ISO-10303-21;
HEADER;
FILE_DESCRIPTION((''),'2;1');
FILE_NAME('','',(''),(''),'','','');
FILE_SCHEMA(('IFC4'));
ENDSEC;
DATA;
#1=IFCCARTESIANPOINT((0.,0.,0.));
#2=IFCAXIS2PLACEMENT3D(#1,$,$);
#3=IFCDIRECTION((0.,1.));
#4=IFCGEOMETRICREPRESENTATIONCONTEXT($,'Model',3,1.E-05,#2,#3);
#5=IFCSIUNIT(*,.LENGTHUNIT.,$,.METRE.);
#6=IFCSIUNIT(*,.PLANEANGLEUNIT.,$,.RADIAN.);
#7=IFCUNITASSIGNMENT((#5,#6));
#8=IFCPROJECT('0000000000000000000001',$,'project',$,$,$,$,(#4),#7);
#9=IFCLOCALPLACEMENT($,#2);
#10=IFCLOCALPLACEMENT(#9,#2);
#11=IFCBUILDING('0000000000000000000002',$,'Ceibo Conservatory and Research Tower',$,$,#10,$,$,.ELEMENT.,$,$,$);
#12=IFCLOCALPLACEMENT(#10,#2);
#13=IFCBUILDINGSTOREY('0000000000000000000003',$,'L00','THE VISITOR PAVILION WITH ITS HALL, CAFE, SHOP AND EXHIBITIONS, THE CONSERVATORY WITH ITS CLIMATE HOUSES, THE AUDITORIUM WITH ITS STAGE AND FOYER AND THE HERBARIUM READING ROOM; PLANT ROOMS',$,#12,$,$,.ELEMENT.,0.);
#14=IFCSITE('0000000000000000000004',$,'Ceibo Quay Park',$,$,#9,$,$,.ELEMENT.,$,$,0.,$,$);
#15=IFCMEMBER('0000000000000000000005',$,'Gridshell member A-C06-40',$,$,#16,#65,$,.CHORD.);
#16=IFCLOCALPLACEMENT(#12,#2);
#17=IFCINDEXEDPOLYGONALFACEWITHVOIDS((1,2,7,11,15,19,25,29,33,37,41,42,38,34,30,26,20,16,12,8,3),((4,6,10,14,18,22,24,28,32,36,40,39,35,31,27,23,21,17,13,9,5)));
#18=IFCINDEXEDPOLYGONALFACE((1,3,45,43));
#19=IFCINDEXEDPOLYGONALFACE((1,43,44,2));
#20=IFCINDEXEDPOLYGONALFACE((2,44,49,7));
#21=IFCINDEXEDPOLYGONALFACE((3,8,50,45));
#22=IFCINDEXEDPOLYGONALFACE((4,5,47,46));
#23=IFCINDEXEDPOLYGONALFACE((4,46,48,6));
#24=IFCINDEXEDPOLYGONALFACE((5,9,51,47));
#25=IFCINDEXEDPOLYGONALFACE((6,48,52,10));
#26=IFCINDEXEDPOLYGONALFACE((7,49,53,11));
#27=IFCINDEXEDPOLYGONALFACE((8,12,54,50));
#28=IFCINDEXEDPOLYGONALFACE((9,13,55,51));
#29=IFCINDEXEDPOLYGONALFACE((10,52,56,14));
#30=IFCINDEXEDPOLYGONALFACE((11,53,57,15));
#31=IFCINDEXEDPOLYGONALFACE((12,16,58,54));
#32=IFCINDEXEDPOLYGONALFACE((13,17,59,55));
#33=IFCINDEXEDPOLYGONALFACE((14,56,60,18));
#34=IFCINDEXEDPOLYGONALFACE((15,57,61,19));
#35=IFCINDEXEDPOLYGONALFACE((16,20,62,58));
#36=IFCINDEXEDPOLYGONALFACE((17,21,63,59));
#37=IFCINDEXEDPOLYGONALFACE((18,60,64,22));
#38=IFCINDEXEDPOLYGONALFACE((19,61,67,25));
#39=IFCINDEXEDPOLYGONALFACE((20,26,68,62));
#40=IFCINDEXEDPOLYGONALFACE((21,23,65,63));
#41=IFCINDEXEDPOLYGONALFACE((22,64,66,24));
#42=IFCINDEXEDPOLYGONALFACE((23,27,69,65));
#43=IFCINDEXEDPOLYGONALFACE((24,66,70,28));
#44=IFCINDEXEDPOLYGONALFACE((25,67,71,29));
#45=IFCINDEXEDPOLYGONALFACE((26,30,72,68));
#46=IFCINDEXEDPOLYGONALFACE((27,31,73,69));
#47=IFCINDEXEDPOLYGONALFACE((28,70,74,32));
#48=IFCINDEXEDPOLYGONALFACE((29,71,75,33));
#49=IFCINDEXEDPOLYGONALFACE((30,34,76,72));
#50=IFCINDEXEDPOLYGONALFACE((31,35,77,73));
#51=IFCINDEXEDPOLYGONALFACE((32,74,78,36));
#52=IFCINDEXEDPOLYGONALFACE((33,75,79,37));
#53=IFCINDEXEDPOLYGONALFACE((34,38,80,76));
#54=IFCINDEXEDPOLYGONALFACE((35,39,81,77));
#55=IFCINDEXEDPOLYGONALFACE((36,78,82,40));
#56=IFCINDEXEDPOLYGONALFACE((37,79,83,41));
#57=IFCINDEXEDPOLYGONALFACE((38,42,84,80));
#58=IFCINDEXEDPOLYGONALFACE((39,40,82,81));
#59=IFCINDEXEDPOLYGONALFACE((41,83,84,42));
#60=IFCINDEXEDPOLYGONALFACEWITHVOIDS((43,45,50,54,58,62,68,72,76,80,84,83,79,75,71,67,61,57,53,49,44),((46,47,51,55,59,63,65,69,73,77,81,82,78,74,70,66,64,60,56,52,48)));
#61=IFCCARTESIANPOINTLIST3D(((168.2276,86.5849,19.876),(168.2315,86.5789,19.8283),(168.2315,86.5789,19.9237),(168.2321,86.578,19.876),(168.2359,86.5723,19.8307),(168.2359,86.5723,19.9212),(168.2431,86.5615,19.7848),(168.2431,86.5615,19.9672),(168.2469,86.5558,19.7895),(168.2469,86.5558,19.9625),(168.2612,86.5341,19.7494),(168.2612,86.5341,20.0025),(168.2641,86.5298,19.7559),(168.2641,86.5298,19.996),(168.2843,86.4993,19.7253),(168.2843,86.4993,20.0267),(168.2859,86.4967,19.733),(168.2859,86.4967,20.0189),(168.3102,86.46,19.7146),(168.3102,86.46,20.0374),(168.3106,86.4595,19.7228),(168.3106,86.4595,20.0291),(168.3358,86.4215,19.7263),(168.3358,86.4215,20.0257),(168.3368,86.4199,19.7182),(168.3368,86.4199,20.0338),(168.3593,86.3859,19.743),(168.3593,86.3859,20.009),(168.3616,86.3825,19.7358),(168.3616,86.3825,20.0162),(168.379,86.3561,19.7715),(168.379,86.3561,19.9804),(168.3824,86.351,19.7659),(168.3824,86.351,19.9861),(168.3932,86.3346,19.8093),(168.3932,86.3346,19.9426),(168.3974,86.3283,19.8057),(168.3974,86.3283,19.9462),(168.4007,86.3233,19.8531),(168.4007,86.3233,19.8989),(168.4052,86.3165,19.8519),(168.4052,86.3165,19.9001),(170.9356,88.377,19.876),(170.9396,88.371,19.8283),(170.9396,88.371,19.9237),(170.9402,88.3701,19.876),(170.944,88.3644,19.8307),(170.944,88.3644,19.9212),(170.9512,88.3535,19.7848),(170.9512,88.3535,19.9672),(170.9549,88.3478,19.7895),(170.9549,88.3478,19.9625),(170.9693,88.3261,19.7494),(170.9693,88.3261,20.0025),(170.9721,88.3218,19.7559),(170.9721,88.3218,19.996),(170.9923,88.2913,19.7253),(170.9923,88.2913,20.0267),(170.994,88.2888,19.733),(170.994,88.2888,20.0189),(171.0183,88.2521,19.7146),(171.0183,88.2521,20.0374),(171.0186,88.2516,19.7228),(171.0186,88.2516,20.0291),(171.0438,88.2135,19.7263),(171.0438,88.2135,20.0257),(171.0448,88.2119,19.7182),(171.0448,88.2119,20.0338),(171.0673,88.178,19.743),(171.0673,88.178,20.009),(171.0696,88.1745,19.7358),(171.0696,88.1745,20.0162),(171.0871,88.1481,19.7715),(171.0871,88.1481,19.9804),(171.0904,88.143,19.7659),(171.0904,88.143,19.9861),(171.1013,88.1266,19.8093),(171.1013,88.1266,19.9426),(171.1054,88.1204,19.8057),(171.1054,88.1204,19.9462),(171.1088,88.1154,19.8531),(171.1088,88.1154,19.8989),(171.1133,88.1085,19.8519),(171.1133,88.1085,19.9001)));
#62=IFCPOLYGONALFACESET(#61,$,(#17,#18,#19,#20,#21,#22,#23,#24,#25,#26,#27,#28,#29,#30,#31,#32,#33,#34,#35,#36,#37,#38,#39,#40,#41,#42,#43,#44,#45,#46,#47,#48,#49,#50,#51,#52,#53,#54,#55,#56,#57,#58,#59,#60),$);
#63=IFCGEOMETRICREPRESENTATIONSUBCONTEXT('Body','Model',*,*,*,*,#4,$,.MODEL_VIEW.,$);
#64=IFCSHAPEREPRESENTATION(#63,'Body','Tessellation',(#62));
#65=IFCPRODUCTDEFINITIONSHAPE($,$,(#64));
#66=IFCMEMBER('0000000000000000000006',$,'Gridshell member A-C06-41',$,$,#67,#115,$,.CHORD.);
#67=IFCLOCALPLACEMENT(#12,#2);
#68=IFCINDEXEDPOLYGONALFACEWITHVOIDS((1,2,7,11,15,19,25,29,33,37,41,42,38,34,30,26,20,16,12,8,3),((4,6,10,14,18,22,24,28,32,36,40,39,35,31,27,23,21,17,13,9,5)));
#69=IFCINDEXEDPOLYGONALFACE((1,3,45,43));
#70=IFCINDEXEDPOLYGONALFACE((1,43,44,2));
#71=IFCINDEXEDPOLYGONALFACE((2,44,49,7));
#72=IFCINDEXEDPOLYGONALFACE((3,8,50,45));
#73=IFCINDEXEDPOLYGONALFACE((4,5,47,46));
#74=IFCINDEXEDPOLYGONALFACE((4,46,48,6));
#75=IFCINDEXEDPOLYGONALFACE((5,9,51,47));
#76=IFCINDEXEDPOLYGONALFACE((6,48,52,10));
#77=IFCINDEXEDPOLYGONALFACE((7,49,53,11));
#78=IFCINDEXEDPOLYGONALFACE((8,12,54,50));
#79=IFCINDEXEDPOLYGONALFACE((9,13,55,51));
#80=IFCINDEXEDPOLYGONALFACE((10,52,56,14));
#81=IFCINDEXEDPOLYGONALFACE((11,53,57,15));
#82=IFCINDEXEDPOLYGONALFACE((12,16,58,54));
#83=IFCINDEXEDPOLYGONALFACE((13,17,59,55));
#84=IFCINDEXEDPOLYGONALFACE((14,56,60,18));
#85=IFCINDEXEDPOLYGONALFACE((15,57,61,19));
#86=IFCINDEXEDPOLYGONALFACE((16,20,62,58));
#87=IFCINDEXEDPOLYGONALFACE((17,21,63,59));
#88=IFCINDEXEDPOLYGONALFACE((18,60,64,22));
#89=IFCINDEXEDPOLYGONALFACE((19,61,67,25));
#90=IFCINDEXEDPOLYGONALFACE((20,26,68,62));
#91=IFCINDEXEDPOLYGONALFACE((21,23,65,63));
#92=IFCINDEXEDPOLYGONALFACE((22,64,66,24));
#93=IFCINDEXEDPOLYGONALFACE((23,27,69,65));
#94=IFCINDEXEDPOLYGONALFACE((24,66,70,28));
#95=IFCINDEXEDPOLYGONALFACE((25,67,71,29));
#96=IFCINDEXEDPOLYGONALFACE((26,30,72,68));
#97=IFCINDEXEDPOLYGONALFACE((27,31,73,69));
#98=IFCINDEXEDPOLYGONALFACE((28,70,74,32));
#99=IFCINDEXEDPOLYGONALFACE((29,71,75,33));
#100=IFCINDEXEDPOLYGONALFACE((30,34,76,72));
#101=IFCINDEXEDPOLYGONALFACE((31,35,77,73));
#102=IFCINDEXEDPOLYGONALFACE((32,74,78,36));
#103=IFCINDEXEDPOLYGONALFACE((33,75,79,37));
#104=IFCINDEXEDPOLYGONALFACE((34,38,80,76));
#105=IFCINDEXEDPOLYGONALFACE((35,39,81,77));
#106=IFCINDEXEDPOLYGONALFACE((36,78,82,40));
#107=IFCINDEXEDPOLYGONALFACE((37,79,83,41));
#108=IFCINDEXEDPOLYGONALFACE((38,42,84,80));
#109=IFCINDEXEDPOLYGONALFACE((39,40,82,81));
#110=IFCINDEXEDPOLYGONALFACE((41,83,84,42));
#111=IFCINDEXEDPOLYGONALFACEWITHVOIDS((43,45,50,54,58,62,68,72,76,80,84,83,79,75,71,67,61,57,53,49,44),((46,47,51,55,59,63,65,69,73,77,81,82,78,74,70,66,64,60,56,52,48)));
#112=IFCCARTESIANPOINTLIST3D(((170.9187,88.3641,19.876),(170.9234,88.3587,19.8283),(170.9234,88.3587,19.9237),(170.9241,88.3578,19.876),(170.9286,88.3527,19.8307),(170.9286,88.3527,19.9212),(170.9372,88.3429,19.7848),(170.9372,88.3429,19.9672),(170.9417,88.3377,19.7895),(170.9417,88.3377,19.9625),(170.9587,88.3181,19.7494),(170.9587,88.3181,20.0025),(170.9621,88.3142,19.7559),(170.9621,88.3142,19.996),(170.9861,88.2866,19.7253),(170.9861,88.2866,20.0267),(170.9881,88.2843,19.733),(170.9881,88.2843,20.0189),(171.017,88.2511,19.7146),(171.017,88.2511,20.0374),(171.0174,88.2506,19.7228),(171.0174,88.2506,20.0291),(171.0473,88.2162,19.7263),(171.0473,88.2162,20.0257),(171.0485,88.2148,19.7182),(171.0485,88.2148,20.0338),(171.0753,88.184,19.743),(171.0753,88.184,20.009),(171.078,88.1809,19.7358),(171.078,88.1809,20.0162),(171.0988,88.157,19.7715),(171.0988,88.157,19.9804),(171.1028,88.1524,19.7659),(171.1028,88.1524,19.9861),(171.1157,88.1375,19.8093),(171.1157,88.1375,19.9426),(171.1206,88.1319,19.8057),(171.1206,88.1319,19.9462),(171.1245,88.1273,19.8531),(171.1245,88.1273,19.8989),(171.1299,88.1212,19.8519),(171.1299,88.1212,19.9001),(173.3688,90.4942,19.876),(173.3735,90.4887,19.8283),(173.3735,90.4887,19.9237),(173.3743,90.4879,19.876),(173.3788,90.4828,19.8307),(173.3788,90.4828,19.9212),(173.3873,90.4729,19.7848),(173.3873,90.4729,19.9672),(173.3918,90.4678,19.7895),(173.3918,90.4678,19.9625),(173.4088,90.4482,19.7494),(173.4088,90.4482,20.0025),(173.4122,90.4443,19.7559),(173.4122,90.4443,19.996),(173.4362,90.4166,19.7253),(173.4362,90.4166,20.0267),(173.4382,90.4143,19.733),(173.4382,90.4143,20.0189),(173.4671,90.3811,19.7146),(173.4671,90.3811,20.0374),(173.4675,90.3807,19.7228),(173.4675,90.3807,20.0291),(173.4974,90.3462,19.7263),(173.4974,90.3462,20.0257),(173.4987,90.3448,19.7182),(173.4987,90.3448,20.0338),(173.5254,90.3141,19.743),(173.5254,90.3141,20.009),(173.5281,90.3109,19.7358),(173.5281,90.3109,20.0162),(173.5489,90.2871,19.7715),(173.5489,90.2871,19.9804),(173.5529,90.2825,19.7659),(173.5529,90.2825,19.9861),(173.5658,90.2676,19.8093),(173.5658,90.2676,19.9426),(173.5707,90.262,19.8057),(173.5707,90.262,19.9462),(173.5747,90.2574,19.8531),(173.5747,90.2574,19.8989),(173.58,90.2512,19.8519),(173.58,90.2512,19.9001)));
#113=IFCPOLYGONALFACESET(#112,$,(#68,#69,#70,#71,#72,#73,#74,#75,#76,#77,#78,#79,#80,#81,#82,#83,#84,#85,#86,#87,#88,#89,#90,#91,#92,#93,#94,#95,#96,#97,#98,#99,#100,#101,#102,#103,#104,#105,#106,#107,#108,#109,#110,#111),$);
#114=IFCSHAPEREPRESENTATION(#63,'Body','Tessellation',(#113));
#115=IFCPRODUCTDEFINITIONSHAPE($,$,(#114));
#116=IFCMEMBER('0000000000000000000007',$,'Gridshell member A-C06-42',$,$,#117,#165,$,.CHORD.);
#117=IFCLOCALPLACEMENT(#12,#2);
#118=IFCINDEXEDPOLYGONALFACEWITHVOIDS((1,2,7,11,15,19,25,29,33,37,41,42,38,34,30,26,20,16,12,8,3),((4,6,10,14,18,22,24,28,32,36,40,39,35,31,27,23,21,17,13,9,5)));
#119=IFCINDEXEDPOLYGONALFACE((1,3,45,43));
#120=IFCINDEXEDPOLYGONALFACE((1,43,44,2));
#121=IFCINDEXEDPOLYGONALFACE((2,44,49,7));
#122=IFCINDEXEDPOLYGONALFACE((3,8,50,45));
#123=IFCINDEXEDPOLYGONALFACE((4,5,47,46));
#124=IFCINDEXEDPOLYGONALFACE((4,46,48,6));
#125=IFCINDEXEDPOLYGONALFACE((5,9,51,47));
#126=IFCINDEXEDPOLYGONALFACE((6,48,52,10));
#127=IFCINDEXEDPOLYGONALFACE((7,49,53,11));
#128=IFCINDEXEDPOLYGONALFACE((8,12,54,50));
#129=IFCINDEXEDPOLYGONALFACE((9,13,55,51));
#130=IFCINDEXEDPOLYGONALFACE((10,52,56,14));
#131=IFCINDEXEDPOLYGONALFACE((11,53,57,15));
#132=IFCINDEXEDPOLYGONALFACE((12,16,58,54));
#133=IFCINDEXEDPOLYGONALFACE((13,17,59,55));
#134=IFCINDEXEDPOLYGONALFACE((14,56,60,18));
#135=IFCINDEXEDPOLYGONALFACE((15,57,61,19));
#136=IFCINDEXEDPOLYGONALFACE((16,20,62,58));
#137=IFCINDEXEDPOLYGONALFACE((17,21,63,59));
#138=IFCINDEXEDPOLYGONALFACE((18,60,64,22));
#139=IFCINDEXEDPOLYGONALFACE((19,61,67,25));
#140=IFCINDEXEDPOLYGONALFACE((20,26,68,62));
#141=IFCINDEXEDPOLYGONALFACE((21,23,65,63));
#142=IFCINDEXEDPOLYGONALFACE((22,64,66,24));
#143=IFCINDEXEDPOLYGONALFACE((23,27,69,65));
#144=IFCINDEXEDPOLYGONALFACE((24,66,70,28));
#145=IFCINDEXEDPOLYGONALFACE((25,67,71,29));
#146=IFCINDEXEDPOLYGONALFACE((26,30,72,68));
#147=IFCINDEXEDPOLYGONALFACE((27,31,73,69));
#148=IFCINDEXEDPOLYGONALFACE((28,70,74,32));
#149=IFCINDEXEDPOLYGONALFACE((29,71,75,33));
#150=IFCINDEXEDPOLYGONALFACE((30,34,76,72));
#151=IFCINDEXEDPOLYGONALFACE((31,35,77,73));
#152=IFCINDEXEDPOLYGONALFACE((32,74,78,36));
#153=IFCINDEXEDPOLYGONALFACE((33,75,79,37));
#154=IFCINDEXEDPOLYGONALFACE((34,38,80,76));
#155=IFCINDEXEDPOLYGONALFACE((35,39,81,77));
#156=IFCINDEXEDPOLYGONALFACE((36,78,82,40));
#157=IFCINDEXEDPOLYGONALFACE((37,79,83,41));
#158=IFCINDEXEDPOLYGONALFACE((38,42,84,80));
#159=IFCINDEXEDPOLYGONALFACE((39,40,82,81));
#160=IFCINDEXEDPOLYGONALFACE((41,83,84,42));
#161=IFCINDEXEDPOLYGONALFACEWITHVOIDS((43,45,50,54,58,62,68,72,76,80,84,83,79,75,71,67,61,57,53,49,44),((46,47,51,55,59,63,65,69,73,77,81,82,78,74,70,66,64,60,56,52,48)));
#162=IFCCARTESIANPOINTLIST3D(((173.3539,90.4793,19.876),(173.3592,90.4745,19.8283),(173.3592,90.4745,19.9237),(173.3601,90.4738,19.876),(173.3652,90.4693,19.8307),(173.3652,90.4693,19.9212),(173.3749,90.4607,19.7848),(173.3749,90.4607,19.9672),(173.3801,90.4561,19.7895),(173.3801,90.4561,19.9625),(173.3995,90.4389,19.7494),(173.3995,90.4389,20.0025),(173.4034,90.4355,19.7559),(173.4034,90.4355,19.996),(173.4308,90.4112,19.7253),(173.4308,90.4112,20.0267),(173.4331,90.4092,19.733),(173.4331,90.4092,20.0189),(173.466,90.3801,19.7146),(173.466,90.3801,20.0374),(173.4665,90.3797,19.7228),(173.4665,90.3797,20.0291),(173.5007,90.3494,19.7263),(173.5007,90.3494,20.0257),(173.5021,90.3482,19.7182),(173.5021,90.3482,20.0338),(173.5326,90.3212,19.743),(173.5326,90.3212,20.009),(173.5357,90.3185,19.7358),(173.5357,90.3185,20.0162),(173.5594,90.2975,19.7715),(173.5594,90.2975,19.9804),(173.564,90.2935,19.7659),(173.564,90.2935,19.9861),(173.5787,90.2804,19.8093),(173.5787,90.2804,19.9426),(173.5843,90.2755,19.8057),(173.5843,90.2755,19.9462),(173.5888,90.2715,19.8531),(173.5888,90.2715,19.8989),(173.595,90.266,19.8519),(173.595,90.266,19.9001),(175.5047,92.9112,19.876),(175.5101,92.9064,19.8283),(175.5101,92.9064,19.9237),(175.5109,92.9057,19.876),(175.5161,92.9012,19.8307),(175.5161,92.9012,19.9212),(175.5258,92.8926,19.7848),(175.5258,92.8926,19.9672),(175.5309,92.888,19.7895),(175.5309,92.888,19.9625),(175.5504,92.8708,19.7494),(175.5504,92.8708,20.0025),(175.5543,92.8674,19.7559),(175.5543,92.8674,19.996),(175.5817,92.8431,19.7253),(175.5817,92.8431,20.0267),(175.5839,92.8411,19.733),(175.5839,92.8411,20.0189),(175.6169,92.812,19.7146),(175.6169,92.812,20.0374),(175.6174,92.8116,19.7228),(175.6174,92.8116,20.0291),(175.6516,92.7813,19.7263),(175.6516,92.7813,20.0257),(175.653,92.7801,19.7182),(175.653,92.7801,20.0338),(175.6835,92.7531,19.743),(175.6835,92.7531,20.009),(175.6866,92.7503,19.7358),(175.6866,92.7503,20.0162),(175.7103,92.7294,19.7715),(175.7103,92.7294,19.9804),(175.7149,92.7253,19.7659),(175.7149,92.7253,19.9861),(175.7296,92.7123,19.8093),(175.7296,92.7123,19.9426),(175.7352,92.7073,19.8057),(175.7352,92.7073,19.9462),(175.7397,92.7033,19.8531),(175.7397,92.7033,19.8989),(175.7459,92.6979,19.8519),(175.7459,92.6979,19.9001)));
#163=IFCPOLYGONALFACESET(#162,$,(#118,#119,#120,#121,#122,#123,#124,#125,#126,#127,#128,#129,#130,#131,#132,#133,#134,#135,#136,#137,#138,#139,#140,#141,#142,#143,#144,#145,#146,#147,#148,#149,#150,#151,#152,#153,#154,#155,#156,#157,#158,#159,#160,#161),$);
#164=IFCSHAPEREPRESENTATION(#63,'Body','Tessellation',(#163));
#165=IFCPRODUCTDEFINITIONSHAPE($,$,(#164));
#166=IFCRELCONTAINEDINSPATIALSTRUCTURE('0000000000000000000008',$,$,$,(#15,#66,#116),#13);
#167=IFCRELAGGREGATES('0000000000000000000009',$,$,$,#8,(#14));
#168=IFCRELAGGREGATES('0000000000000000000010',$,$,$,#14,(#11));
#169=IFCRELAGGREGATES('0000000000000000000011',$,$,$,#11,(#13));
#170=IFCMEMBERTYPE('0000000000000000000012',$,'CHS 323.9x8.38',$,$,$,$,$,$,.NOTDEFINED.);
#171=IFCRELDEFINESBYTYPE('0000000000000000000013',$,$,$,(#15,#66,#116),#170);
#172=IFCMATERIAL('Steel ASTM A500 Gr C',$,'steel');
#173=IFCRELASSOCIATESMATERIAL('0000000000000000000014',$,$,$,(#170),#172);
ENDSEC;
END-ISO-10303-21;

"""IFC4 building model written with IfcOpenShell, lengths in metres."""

from ifc_helpers import new_model, si_unit, direction, frame, origin, origin_2d, place, context, subcontext, project, spatial, hollow_circle, extrude, material, material_profile, profile_set, type_object, element, save


model = new_model("IFC4")

# Units and contexts
model_context = context("Model", 3, precision=1e-05, world=origin(), true_north=direction((0.0, 1.0)))
body_context = subcontext(model_context, "Body", "Model", "MODEL_VIEW")
ifc_project = project(units=[si_unit("LENGTHUNIT", "METRE"), si_unit("PLANEANGLEUNIT", "RADIAN")], contexts=[model_context])

# Site, building, storey
site_placement = place(None, origin())
site = spatial("IfcSite", under=ifc_project, at=site_placement, Name="Ceibo Quay Park", CompositionType="ELEMENT", RefElevation=0.0)
building_placement = place(site_placement, origin())
building = spatial("IfcBuilding", under=site, at=building_placement, Name="Ceibo Conservatory and Research Tower", CompositionType="ELEMENT")
storey_placement = place(building_placement, origin())
storey = spatial("IfcBuildingStorey", under=building, at=storey_placement, Name="L00", Description="THE VISITOR PAVILION WITH ITS HALL, CAFE, SHOP AND EXHIBITIONS, THE CONSERVATORY WITH ITS CLIMATE HOUSES, THE AUDITORIUM WITH ITS STAGE AND FOYER AND THE HERBARIUM READING ROOM; PLANT ROOMS", CompositionType="ELEMENT", Elevation=0.0)

# Members
ifc_material_1 = material(Name="Steel ASTM A500 Gr C", Category="steel")
ifc_material_profile_1 = material_profile(ifc_material_1, hollow_circle(Radius=0.1619, WallThickness=0.0083, at=origin_2d()), Name="CHS 323.9x8.38")
ifc_profile_set_1 = profile_set([ifc_material_profile_1], Name="Steel ASTM A500 Gr C")
member_type_1 = type_object("IfcMemberType", Name="CHS 323.9x8.38", PredefinedType="NOTDEFINED", material=ifc_profile_set_1)
member_1_placement = place(storey_placement, frame((168.3169, 86.45, 19.876), z_axis=(0.833942, 0.551852, 0.0), x_axis=(-0.551852, 0.833942, 0.0)))
element("IfcMember", 1, at=member_1_placement, inside=storey, type_object=member_type_1, Name="Gridshell member A-C06-40", PredefinedType="CHORD", context=body_context, shape_type="SweptSolid", body=[
    extrude(hollow_circle(Radius=0.1619, WallThickness=0.0083, at=origin_2d()), origin(), (0.0, 0.0, 1.0), 3.2473),
])
for number, where, z_axis, x_axis, name in (
    (2, (171.0249, 88.2419, 19.876), (0.754678, 0.656095, 0.0), (-0.656095, 0.754678, 0.0), "Gridshell member A-C06-41"),
    (3, (173.4751, 90.3721, 19.876), (0.662504, 0.749058, 0.0), (-0.749058, 0.662504, 0.0), "Gridshell member A-C06-42"),
):
    element("IfcMember", number, at=place(storey_placement, frame(where, z_axis=z_axis, x_axis=x_axis)), inside=storey, type_object=member_type_1, Name=name, PredefinedType="CHORD", context=body_context, shape_type="SweptSolid", body=[
        extrude(hollow_circle(Radius=0.1619, WallThickness=0.0083, at=origin_2d()), origin(), (0.0, 0.0, 1.0), 3.2466),
    ])

save(model, "model.ifc")
